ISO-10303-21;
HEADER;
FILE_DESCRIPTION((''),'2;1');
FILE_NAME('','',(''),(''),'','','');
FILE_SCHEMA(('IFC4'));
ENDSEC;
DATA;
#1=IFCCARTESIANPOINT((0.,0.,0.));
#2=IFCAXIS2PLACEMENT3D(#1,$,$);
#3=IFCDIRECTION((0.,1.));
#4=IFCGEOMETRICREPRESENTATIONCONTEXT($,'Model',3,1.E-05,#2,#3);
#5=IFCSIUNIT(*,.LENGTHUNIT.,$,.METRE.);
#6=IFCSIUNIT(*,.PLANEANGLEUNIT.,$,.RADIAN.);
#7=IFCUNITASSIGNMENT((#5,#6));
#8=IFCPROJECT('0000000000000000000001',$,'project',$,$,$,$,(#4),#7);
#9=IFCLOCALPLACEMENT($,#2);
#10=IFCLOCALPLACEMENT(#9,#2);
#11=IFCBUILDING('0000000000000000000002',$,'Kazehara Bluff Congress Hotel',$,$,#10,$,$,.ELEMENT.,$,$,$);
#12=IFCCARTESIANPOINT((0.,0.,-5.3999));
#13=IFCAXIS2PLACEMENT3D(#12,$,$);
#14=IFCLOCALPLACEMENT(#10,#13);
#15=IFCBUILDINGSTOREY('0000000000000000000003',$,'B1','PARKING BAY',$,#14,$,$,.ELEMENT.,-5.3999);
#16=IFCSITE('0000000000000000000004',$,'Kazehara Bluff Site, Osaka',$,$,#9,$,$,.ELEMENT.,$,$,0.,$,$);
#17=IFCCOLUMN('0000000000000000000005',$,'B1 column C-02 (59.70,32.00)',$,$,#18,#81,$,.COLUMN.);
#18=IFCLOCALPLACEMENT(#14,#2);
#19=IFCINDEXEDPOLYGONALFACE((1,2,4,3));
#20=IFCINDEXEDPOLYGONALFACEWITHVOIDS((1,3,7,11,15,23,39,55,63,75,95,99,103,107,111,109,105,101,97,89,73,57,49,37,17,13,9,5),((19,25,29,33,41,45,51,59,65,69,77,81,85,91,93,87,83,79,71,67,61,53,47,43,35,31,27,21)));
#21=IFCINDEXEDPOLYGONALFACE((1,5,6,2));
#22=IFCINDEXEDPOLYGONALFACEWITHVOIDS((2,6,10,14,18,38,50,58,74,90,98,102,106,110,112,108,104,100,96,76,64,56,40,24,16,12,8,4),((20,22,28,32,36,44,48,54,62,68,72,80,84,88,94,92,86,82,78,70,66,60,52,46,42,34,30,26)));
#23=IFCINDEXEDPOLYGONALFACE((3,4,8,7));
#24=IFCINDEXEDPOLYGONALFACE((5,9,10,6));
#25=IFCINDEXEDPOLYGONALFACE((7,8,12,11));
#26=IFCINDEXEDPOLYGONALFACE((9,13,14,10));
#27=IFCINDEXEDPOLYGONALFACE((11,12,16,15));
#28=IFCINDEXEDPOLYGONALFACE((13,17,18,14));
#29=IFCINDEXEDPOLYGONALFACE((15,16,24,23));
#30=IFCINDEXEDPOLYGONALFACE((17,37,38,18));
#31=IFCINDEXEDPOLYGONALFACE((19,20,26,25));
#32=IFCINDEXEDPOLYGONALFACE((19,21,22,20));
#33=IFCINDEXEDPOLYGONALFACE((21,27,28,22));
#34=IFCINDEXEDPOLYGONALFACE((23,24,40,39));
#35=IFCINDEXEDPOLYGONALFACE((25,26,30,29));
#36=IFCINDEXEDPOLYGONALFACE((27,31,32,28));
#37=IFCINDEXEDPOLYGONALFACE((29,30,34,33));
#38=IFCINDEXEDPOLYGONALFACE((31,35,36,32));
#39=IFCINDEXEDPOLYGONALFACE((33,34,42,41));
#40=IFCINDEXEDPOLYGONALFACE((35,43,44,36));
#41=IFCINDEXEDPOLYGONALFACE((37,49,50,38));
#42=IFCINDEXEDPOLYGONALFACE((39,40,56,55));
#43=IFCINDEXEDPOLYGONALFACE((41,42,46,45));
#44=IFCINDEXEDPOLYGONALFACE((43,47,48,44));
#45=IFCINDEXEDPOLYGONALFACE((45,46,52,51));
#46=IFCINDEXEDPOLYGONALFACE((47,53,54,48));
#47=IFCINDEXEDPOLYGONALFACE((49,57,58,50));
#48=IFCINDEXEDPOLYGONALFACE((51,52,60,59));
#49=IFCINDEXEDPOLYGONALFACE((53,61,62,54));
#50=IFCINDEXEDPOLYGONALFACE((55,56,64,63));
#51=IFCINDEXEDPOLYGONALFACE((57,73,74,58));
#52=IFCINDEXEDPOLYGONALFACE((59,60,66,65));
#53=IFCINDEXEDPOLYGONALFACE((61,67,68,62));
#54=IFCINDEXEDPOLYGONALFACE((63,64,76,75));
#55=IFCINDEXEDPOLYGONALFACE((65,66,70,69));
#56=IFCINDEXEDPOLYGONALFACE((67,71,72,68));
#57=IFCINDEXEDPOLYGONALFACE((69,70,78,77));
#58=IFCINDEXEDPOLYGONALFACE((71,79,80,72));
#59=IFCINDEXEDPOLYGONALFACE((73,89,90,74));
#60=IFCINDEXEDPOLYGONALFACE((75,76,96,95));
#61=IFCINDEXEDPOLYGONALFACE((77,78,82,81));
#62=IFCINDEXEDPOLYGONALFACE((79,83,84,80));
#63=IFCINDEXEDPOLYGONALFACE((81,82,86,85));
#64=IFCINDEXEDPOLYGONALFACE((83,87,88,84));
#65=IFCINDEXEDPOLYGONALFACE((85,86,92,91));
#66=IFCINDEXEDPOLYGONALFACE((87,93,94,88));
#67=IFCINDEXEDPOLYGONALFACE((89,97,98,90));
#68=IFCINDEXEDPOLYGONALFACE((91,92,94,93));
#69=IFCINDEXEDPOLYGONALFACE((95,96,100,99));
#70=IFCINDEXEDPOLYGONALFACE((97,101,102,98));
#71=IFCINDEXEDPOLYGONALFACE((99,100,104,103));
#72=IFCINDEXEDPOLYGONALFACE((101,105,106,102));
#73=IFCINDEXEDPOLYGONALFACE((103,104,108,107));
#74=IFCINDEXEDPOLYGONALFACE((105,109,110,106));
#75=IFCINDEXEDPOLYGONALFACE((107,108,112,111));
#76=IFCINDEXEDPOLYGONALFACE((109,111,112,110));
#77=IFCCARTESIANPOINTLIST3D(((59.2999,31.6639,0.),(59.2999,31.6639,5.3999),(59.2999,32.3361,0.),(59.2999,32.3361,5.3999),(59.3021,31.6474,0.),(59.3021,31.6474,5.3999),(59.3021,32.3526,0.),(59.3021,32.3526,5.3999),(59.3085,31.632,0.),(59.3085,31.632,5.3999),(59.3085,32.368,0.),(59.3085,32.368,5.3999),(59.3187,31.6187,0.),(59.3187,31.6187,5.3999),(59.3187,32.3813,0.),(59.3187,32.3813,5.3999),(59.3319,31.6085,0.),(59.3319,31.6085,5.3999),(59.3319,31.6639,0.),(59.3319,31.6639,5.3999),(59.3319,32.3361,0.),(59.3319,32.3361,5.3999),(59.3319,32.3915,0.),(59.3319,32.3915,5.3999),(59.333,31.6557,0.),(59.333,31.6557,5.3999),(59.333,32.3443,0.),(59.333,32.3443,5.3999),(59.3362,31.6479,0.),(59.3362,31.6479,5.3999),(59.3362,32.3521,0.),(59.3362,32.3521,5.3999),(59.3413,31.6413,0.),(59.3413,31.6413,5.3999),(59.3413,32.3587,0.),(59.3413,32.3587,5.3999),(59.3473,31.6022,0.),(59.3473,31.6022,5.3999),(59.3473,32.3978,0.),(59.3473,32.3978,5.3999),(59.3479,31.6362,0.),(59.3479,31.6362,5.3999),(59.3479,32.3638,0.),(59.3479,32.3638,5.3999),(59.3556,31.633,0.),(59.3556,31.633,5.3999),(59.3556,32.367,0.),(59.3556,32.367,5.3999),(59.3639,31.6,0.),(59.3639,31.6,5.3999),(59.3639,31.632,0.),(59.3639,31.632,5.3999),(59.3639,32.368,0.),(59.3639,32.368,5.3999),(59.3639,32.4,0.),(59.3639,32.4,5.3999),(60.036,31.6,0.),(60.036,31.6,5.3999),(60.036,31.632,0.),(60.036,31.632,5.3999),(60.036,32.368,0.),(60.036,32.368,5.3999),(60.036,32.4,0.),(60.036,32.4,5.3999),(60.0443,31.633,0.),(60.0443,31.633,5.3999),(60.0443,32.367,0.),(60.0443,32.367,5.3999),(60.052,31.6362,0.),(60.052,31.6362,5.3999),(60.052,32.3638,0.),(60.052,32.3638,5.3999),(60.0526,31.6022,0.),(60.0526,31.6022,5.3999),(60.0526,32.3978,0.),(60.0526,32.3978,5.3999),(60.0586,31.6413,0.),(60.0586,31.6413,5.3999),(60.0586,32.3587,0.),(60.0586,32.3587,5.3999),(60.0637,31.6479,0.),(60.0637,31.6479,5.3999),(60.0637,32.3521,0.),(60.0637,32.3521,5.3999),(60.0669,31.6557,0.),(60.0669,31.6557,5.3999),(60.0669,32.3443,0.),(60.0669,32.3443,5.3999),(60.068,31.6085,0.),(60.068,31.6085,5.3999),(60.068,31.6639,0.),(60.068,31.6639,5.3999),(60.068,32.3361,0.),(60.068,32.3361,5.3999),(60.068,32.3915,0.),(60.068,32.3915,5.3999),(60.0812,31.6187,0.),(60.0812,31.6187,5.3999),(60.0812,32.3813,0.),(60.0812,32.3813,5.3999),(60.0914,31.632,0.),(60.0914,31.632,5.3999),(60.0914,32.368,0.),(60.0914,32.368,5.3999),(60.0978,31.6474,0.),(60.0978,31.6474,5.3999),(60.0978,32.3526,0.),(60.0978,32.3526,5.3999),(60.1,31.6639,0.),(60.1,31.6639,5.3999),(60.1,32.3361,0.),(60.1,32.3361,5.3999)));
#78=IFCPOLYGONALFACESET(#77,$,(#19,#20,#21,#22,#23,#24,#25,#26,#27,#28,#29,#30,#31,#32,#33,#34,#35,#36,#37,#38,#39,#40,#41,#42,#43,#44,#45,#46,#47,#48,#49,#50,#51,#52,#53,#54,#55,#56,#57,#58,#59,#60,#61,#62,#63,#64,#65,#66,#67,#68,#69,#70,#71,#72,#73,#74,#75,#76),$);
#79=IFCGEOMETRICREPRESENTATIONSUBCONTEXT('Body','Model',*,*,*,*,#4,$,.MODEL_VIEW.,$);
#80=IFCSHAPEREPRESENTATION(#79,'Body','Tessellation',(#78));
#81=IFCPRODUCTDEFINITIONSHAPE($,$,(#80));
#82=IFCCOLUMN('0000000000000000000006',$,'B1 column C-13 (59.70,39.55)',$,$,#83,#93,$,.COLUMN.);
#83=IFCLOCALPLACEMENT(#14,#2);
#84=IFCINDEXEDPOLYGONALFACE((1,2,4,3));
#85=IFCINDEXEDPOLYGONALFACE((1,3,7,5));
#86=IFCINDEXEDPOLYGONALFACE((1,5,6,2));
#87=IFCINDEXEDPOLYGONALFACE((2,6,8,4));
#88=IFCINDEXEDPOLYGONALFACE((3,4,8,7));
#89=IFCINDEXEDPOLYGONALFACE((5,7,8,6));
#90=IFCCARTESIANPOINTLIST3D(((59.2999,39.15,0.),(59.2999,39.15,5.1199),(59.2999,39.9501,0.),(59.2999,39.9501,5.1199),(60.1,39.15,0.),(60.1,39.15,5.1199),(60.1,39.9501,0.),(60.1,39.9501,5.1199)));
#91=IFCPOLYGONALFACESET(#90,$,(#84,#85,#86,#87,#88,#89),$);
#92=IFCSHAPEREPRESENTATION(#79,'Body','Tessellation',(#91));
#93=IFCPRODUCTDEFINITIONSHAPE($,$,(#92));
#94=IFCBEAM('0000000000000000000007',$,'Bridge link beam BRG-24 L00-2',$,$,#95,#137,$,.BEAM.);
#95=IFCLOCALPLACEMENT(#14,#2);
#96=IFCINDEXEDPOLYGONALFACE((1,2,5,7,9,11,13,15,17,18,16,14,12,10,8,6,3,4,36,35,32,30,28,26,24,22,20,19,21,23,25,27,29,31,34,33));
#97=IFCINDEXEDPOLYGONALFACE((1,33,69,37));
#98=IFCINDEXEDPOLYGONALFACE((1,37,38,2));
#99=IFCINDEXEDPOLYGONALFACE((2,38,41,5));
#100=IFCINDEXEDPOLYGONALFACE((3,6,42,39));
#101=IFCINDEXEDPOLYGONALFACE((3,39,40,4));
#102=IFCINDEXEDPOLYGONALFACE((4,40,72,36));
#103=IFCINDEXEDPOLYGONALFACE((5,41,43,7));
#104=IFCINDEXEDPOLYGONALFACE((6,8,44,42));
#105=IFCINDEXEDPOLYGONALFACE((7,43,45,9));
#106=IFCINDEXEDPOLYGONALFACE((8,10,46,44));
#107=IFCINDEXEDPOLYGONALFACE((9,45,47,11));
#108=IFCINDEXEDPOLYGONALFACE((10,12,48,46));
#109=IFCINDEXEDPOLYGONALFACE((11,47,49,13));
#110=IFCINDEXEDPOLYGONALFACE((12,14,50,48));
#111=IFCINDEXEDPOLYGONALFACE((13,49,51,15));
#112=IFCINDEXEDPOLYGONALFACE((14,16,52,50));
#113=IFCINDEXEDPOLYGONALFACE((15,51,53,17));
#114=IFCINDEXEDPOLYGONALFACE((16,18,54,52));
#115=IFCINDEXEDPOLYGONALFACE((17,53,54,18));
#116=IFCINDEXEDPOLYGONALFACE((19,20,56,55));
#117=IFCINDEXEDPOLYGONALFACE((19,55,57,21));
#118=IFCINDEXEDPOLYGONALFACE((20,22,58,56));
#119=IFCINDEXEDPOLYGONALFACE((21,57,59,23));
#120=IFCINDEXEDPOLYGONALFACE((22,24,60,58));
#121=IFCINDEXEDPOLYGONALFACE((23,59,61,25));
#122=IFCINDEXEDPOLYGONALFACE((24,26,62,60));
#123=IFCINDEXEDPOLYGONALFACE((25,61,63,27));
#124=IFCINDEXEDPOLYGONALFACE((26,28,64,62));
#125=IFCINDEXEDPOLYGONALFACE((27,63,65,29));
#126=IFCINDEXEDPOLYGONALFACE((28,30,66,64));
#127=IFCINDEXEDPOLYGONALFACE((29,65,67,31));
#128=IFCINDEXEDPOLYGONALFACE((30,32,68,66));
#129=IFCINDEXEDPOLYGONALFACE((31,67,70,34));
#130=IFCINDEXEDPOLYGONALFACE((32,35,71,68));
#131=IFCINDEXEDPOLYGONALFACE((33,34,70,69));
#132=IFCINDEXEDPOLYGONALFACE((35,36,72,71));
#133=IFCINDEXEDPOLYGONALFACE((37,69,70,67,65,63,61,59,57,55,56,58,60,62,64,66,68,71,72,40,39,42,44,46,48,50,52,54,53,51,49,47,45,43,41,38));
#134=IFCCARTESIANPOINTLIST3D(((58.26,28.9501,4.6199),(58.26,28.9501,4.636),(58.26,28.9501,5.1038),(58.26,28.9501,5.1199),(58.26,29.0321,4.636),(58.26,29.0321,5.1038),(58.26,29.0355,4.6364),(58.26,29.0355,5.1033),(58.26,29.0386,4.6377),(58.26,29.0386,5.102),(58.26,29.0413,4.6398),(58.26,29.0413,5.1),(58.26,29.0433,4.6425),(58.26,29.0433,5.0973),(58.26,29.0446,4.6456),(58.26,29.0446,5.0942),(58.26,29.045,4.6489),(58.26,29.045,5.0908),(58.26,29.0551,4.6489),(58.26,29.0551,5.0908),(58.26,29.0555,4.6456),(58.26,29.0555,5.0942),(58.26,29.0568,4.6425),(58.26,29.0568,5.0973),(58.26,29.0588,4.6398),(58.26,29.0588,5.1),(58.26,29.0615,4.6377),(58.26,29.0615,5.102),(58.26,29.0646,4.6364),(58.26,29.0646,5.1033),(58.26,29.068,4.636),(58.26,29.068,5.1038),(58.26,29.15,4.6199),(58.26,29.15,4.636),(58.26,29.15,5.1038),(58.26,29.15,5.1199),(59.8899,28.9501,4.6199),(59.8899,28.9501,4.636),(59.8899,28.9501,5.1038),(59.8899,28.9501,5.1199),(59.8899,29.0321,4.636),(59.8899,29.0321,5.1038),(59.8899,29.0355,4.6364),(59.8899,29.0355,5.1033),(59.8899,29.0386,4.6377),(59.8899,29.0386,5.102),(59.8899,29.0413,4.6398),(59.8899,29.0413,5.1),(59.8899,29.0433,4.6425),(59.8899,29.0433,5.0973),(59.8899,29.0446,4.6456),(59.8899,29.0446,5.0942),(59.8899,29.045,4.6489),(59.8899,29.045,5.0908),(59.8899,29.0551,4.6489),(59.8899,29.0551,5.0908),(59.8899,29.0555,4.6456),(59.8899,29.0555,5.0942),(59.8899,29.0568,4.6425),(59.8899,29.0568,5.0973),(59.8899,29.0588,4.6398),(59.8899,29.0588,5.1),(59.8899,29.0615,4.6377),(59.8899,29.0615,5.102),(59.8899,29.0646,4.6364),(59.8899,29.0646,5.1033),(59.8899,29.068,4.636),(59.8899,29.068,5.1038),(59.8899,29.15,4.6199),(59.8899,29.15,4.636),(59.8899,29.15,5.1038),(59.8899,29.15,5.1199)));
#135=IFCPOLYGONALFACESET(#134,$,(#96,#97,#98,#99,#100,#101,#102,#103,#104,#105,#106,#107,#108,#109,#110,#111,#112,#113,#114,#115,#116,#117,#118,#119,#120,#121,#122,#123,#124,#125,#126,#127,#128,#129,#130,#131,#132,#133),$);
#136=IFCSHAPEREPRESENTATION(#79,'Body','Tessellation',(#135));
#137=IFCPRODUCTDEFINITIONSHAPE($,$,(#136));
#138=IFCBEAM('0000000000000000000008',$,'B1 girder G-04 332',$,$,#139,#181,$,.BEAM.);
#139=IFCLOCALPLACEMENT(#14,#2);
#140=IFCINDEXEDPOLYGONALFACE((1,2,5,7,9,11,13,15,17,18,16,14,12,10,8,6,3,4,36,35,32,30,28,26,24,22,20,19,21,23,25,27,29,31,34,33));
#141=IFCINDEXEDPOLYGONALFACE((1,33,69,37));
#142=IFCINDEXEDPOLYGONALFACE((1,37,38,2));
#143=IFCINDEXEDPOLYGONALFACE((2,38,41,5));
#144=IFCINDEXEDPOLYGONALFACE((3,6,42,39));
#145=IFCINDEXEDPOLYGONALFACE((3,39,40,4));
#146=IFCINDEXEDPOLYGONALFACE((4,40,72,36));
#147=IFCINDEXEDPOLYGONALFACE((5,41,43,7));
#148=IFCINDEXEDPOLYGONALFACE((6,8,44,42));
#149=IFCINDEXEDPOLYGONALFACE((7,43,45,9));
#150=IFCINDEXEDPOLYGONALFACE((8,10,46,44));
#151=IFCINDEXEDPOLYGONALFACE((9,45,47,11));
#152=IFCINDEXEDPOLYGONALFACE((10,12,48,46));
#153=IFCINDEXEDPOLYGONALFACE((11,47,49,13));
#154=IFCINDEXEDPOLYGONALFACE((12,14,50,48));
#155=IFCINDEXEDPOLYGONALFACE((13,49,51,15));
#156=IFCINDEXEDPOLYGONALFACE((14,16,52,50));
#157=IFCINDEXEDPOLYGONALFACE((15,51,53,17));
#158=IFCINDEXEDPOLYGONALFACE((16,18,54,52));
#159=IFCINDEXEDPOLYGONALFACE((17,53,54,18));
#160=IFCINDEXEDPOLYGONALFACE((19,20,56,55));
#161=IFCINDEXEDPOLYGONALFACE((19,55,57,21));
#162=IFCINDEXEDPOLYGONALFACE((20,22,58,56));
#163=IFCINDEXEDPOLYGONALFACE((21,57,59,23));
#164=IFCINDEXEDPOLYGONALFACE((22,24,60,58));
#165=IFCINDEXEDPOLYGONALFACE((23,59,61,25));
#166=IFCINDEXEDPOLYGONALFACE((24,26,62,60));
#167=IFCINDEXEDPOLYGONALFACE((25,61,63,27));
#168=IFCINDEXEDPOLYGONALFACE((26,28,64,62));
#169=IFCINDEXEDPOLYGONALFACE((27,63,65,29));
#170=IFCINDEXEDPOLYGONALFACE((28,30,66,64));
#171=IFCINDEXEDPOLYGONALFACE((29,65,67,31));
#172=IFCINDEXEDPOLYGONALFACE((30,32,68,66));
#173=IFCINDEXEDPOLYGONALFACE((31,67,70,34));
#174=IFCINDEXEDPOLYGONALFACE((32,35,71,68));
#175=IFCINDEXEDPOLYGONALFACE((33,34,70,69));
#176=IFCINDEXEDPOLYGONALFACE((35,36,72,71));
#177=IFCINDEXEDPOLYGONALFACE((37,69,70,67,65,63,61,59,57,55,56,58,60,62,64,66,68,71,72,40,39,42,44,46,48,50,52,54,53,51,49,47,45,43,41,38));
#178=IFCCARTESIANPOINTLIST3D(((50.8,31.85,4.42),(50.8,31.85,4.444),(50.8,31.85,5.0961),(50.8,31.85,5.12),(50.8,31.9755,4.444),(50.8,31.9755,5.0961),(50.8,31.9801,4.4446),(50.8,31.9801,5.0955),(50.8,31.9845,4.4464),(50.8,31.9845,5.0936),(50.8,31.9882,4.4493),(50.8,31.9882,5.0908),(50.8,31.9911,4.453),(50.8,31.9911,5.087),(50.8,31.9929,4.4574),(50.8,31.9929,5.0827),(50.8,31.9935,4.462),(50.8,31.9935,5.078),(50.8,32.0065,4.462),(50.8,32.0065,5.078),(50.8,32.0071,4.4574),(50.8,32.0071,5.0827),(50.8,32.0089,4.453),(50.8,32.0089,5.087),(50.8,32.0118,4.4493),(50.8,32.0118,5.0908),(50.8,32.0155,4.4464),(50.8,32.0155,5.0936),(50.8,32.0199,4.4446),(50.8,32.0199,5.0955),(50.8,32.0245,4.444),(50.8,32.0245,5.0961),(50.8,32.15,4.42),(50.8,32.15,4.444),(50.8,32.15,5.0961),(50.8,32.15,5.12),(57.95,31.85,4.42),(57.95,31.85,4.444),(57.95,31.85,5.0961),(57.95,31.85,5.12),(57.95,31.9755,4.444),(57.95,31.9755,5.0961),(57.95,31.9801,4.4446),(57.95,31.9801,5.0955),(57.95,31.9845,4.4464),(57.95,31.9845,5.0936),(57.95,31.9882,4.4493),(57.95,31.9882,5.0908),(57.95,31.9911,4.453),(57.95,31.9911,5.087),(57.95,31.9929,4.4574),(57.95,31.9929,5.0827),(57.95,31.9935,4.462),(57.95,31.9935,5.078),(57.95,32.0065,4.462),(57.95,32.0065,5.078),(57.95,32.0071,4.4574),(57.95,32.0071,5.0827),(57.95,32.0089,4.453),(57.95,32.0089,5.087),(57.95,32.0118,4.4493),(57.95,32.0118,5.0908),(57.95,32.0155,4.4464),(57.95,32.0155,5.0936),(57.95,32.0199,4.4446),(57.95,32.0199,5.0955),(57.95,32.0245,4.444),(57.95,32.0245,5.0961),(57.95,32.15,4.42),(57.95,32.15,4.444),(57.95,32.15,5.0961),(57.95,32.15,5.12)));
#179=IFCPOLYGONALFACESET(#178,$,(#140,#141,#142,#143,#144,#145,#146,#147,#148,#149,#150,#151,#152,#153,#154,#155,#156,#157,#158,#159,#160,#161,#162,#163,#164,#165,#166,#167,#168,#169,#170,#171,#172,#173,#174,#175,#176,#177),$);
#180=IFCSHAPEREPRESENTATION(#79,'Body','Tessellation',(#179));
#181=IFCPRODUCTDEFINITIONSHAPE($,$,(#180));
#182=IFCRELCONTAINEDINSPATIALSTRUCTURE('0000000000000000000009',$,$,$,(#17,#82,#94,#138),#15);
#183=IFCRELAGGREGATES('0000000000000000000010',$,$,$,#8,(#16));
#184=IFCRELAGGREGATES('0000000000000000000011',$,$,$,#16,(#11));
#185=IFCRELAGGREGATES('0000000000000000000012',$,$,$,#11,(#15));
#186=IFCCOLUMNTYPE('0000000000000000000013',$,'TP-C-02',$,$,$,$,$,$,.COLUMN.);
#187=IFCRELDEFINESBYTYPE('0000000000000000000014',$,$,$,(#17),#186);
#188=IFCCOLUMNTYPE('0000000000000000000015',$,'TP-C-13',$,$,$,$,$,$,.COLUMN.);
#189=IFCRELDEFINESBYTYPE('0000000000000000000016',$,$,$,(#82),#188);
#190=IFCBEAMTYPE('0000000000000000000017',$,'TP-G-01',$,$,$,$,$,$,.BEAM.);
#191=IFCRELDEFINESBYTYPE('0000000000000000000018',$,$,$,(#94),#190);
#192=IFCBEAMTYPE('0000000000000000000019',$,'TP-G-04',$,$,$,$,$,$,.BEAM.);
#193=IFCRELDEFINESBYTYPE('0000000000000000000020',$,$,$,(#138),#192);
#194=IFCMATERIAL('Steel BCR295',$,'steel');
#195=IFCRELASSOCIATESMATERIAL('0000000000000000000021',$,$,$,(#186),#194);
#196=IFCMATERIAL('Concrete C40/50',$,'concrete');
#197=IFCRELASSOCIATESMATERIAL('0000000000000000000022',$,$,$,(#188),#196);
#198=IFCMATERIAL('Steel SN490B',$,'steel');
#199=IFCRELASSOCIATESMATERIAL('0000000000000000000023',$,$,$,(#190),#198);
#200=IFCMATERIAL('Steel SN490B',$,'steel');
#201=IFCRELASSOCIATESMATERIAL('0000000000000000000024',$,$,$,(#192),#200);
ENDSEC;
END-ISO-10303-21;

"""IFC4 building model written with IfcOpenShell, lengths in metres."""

from ifc_helpers import new_model, si_unit, direction, frame, origin, origin_2d, place, context, subcontext, project, spatial, rectangle, hollow_rectangle, i_section, extrude, material, material_profile, profile_set, type_object, element, save


model = new_model("IFC4")

# Units and contexts
model_context = context("Model", 3, precision=1e-05, world=origin(), true_north=direction((0.0, 1.0)))
body_context = subcontext(model_context, "Body", "Model", "MODEL_VIEW")
ifc_project = project(units=[si_unit("LENGTHUNIT", "METRE"), si_unit("PLANEANGLEUNIT", "RADIAN")], contexts=[model_context])

# Site, building, storey
site_placement = place(None, origin())
site = spatial("IfcSite", under=ifc_project, at=site_placement, Name="Kazehara Bluff Site, Osaka", CompositionType="ELEMENT", RefElevation=0.0)
building_placement = place(site_placement, origin())
building = spatial("IfcBuilding", under=site, at=building_placement, Name="Kazehara Bluff Congress Hotel", CompositionType="ELEMENT")
storey_placement = place(building_placement, frame((0.0, 0.0, -5.3999)))
storey = spatial("IfcBuildingStorey", under=building, at=storey_placement, Name="B1", Description="PARKING BAY", CompositionType="ELEMENT", Elevation=-5.3999)

# Columns
ifc_material_1 = material(Name="Steel BCR295", Category="steel")
ifc_material_profile_1 = material_profile(ifc_material_1, hollow_rectangle(XDim=0.8, YDim=0.8, WallThickness=0.032, InnerFilletRadius=0.032, OuterFilletRadius=0.064, at=origin_2d()))
ifc_profile_set_1 = profile_set([ifc_material_profile_1], Name="Steel BCR295")
column_type_1 = type_object("IfcColumnType", Name="TP-C-02", PredefinedType="COLUMN", material=ifc_profile_set_1)
for number, where, z_axis, x_axis, name in (
    (1, (59.7, 32.0, 0.0), (0.0, 0.0, 1.0), (1.0, 0.0, 0.0), "B1 column C-02 (59.70,32.00)"),
):
    element("IfcColumn", number, at=place(storey_placement, frame(where, z_axis=z_axis, x_axis=x_axis)), inside=storey, type_object=column_type_1, Name=name, PredefinedType="COLUMN", context=body_context, shape_type="SweptSolid", body=[
        extrude(hollow_rectangle(XDim=0.8, YDim=0.8, WallThickness=0.032, InnerFilletRadius=0.032, OuterFilletRadius=0.064, at=origin_2d()), origin(), (0.0, 0.0, 1.0), 5.3999),
    ])
ifc_material_2 = material(Name="Concrete C40/50", Category="concrete")
ifc_material_profile_2 = material_profile(ifc_material_2, rectangle(XDim=0.8, YDim=0.8, at=origin_2d()))
ifc_profile_set_2 = profile_set([ifc_material_profile_2], Name="Concrete C40/50")
column_type_2 = type_object("IfcColumnType", Name="TP-C-13", PredefinedType="COLUMN", material=ifc_profile_set_2)
column_placement = place(storey_placement, frame((59.7, 39.55, 0.0), z_axis=(0.0, 0.0, 1.0), x_axis=(1.0, 0.0, 0.0)))
element("IfcColumn", 2, at=column_placement, inside=storey, type_object=column_type_2, Name="B1 column C-13 (59.70,39.55)", PredefinedType="COLUMN", context=body_context, shape_type="SweptSolid", body=[
    extrude(rectangle(XDim=0.8, YDim=0.8, at=origin_2d()), origin(), (0.0, 0.0, 1.0), 5.1199),
])

# Beams
ifc_material_3 = material(Name="Steel SN490B", Category="steel")
ifc_material_profile_3 = material_profile(ifc_material_3, i_section(OverallWidth=0.2, OverallDepth=0.5, WebThickness=0.01, FlangeThickness=0.0161, FilletRadius=0.0129, at=origin_2d()))
ifc_profile_set_3 = profile_set([ifc_material_profile_3], Name="Steel SN490B")
beam_type_1 = type_object("IfcBeamType", Name="TP-G-01", PredefinedType="BEAM", material=ifc_profile_set_3)
beam_placement = place(storey_placement, frame((58.26, 29.05, 4.8699), z_axis=(1.0, 0.0, 0.0), x_axis=(0.0, 1.0, 0.0)))
element("IfcBeam", 3, at=beam_placement, inside=storey, type_object=beam_type_1, Name="Bridge link beam BRG-24 L00-2", PredefinedType="BEAM", context=body_context, shape_type="SweptSolid", body=[
    extrude(i_section(OverallWidth=0.2, OverallDepth=0.5, WebThickness=0.01, FlangeThickness=0.0161, FilletRadius=0.0129, at=origin_2d()), origin(), (0.0, 0.0, 1.0), 1.6299),
])
ifc_material_4 = material(Name="Steel SN490B", Category="steel")
ifc_material_profile_4 = material_profile(ifc_material_4, i_section(OverallWidth=0.3, OverallDepth=0.7, WebThickness=0.0129, FlangeThickness=0.0239, FilletRadius=0.0181, at=origin_2d()))
ifc_profile_set_4 = profile_set([ifc_material_profile_4], Name="Steel SN490B")
beam_type_2 = type_object("IfcBeamType", Name="TP-G-04", PredefinedType="BEAM", material=ifc_profile_set_4)
for number, where, z_axis, x_axis, name in (
    (4, (50.8, 32.0, 4.77), (1.0, 0.0, 0.0), (0.0, 1.0, 0.0), "B1 girder G-04 332"),
):
    element("IfcBeam", number, at=place(storey_placement, frame(where, z_axis=z_axis, x_axis=x_axis)), inside=storey, type_object=beam_type_2, Name=name, PredefinedType="BEAM", context=body_context, shape_type="SweptSolid", body=[
        extrude(i_section(OverallWidth=0.3, OverallDepth=0.7, WebThickness=0.0129, FlangeThickness=0.0239, FilletRadius=0.0181, at=origin_2d()), origin(), (0.0, 0.0, 1.0), 7.1499),
    ])

save(model, "model.ifc")
